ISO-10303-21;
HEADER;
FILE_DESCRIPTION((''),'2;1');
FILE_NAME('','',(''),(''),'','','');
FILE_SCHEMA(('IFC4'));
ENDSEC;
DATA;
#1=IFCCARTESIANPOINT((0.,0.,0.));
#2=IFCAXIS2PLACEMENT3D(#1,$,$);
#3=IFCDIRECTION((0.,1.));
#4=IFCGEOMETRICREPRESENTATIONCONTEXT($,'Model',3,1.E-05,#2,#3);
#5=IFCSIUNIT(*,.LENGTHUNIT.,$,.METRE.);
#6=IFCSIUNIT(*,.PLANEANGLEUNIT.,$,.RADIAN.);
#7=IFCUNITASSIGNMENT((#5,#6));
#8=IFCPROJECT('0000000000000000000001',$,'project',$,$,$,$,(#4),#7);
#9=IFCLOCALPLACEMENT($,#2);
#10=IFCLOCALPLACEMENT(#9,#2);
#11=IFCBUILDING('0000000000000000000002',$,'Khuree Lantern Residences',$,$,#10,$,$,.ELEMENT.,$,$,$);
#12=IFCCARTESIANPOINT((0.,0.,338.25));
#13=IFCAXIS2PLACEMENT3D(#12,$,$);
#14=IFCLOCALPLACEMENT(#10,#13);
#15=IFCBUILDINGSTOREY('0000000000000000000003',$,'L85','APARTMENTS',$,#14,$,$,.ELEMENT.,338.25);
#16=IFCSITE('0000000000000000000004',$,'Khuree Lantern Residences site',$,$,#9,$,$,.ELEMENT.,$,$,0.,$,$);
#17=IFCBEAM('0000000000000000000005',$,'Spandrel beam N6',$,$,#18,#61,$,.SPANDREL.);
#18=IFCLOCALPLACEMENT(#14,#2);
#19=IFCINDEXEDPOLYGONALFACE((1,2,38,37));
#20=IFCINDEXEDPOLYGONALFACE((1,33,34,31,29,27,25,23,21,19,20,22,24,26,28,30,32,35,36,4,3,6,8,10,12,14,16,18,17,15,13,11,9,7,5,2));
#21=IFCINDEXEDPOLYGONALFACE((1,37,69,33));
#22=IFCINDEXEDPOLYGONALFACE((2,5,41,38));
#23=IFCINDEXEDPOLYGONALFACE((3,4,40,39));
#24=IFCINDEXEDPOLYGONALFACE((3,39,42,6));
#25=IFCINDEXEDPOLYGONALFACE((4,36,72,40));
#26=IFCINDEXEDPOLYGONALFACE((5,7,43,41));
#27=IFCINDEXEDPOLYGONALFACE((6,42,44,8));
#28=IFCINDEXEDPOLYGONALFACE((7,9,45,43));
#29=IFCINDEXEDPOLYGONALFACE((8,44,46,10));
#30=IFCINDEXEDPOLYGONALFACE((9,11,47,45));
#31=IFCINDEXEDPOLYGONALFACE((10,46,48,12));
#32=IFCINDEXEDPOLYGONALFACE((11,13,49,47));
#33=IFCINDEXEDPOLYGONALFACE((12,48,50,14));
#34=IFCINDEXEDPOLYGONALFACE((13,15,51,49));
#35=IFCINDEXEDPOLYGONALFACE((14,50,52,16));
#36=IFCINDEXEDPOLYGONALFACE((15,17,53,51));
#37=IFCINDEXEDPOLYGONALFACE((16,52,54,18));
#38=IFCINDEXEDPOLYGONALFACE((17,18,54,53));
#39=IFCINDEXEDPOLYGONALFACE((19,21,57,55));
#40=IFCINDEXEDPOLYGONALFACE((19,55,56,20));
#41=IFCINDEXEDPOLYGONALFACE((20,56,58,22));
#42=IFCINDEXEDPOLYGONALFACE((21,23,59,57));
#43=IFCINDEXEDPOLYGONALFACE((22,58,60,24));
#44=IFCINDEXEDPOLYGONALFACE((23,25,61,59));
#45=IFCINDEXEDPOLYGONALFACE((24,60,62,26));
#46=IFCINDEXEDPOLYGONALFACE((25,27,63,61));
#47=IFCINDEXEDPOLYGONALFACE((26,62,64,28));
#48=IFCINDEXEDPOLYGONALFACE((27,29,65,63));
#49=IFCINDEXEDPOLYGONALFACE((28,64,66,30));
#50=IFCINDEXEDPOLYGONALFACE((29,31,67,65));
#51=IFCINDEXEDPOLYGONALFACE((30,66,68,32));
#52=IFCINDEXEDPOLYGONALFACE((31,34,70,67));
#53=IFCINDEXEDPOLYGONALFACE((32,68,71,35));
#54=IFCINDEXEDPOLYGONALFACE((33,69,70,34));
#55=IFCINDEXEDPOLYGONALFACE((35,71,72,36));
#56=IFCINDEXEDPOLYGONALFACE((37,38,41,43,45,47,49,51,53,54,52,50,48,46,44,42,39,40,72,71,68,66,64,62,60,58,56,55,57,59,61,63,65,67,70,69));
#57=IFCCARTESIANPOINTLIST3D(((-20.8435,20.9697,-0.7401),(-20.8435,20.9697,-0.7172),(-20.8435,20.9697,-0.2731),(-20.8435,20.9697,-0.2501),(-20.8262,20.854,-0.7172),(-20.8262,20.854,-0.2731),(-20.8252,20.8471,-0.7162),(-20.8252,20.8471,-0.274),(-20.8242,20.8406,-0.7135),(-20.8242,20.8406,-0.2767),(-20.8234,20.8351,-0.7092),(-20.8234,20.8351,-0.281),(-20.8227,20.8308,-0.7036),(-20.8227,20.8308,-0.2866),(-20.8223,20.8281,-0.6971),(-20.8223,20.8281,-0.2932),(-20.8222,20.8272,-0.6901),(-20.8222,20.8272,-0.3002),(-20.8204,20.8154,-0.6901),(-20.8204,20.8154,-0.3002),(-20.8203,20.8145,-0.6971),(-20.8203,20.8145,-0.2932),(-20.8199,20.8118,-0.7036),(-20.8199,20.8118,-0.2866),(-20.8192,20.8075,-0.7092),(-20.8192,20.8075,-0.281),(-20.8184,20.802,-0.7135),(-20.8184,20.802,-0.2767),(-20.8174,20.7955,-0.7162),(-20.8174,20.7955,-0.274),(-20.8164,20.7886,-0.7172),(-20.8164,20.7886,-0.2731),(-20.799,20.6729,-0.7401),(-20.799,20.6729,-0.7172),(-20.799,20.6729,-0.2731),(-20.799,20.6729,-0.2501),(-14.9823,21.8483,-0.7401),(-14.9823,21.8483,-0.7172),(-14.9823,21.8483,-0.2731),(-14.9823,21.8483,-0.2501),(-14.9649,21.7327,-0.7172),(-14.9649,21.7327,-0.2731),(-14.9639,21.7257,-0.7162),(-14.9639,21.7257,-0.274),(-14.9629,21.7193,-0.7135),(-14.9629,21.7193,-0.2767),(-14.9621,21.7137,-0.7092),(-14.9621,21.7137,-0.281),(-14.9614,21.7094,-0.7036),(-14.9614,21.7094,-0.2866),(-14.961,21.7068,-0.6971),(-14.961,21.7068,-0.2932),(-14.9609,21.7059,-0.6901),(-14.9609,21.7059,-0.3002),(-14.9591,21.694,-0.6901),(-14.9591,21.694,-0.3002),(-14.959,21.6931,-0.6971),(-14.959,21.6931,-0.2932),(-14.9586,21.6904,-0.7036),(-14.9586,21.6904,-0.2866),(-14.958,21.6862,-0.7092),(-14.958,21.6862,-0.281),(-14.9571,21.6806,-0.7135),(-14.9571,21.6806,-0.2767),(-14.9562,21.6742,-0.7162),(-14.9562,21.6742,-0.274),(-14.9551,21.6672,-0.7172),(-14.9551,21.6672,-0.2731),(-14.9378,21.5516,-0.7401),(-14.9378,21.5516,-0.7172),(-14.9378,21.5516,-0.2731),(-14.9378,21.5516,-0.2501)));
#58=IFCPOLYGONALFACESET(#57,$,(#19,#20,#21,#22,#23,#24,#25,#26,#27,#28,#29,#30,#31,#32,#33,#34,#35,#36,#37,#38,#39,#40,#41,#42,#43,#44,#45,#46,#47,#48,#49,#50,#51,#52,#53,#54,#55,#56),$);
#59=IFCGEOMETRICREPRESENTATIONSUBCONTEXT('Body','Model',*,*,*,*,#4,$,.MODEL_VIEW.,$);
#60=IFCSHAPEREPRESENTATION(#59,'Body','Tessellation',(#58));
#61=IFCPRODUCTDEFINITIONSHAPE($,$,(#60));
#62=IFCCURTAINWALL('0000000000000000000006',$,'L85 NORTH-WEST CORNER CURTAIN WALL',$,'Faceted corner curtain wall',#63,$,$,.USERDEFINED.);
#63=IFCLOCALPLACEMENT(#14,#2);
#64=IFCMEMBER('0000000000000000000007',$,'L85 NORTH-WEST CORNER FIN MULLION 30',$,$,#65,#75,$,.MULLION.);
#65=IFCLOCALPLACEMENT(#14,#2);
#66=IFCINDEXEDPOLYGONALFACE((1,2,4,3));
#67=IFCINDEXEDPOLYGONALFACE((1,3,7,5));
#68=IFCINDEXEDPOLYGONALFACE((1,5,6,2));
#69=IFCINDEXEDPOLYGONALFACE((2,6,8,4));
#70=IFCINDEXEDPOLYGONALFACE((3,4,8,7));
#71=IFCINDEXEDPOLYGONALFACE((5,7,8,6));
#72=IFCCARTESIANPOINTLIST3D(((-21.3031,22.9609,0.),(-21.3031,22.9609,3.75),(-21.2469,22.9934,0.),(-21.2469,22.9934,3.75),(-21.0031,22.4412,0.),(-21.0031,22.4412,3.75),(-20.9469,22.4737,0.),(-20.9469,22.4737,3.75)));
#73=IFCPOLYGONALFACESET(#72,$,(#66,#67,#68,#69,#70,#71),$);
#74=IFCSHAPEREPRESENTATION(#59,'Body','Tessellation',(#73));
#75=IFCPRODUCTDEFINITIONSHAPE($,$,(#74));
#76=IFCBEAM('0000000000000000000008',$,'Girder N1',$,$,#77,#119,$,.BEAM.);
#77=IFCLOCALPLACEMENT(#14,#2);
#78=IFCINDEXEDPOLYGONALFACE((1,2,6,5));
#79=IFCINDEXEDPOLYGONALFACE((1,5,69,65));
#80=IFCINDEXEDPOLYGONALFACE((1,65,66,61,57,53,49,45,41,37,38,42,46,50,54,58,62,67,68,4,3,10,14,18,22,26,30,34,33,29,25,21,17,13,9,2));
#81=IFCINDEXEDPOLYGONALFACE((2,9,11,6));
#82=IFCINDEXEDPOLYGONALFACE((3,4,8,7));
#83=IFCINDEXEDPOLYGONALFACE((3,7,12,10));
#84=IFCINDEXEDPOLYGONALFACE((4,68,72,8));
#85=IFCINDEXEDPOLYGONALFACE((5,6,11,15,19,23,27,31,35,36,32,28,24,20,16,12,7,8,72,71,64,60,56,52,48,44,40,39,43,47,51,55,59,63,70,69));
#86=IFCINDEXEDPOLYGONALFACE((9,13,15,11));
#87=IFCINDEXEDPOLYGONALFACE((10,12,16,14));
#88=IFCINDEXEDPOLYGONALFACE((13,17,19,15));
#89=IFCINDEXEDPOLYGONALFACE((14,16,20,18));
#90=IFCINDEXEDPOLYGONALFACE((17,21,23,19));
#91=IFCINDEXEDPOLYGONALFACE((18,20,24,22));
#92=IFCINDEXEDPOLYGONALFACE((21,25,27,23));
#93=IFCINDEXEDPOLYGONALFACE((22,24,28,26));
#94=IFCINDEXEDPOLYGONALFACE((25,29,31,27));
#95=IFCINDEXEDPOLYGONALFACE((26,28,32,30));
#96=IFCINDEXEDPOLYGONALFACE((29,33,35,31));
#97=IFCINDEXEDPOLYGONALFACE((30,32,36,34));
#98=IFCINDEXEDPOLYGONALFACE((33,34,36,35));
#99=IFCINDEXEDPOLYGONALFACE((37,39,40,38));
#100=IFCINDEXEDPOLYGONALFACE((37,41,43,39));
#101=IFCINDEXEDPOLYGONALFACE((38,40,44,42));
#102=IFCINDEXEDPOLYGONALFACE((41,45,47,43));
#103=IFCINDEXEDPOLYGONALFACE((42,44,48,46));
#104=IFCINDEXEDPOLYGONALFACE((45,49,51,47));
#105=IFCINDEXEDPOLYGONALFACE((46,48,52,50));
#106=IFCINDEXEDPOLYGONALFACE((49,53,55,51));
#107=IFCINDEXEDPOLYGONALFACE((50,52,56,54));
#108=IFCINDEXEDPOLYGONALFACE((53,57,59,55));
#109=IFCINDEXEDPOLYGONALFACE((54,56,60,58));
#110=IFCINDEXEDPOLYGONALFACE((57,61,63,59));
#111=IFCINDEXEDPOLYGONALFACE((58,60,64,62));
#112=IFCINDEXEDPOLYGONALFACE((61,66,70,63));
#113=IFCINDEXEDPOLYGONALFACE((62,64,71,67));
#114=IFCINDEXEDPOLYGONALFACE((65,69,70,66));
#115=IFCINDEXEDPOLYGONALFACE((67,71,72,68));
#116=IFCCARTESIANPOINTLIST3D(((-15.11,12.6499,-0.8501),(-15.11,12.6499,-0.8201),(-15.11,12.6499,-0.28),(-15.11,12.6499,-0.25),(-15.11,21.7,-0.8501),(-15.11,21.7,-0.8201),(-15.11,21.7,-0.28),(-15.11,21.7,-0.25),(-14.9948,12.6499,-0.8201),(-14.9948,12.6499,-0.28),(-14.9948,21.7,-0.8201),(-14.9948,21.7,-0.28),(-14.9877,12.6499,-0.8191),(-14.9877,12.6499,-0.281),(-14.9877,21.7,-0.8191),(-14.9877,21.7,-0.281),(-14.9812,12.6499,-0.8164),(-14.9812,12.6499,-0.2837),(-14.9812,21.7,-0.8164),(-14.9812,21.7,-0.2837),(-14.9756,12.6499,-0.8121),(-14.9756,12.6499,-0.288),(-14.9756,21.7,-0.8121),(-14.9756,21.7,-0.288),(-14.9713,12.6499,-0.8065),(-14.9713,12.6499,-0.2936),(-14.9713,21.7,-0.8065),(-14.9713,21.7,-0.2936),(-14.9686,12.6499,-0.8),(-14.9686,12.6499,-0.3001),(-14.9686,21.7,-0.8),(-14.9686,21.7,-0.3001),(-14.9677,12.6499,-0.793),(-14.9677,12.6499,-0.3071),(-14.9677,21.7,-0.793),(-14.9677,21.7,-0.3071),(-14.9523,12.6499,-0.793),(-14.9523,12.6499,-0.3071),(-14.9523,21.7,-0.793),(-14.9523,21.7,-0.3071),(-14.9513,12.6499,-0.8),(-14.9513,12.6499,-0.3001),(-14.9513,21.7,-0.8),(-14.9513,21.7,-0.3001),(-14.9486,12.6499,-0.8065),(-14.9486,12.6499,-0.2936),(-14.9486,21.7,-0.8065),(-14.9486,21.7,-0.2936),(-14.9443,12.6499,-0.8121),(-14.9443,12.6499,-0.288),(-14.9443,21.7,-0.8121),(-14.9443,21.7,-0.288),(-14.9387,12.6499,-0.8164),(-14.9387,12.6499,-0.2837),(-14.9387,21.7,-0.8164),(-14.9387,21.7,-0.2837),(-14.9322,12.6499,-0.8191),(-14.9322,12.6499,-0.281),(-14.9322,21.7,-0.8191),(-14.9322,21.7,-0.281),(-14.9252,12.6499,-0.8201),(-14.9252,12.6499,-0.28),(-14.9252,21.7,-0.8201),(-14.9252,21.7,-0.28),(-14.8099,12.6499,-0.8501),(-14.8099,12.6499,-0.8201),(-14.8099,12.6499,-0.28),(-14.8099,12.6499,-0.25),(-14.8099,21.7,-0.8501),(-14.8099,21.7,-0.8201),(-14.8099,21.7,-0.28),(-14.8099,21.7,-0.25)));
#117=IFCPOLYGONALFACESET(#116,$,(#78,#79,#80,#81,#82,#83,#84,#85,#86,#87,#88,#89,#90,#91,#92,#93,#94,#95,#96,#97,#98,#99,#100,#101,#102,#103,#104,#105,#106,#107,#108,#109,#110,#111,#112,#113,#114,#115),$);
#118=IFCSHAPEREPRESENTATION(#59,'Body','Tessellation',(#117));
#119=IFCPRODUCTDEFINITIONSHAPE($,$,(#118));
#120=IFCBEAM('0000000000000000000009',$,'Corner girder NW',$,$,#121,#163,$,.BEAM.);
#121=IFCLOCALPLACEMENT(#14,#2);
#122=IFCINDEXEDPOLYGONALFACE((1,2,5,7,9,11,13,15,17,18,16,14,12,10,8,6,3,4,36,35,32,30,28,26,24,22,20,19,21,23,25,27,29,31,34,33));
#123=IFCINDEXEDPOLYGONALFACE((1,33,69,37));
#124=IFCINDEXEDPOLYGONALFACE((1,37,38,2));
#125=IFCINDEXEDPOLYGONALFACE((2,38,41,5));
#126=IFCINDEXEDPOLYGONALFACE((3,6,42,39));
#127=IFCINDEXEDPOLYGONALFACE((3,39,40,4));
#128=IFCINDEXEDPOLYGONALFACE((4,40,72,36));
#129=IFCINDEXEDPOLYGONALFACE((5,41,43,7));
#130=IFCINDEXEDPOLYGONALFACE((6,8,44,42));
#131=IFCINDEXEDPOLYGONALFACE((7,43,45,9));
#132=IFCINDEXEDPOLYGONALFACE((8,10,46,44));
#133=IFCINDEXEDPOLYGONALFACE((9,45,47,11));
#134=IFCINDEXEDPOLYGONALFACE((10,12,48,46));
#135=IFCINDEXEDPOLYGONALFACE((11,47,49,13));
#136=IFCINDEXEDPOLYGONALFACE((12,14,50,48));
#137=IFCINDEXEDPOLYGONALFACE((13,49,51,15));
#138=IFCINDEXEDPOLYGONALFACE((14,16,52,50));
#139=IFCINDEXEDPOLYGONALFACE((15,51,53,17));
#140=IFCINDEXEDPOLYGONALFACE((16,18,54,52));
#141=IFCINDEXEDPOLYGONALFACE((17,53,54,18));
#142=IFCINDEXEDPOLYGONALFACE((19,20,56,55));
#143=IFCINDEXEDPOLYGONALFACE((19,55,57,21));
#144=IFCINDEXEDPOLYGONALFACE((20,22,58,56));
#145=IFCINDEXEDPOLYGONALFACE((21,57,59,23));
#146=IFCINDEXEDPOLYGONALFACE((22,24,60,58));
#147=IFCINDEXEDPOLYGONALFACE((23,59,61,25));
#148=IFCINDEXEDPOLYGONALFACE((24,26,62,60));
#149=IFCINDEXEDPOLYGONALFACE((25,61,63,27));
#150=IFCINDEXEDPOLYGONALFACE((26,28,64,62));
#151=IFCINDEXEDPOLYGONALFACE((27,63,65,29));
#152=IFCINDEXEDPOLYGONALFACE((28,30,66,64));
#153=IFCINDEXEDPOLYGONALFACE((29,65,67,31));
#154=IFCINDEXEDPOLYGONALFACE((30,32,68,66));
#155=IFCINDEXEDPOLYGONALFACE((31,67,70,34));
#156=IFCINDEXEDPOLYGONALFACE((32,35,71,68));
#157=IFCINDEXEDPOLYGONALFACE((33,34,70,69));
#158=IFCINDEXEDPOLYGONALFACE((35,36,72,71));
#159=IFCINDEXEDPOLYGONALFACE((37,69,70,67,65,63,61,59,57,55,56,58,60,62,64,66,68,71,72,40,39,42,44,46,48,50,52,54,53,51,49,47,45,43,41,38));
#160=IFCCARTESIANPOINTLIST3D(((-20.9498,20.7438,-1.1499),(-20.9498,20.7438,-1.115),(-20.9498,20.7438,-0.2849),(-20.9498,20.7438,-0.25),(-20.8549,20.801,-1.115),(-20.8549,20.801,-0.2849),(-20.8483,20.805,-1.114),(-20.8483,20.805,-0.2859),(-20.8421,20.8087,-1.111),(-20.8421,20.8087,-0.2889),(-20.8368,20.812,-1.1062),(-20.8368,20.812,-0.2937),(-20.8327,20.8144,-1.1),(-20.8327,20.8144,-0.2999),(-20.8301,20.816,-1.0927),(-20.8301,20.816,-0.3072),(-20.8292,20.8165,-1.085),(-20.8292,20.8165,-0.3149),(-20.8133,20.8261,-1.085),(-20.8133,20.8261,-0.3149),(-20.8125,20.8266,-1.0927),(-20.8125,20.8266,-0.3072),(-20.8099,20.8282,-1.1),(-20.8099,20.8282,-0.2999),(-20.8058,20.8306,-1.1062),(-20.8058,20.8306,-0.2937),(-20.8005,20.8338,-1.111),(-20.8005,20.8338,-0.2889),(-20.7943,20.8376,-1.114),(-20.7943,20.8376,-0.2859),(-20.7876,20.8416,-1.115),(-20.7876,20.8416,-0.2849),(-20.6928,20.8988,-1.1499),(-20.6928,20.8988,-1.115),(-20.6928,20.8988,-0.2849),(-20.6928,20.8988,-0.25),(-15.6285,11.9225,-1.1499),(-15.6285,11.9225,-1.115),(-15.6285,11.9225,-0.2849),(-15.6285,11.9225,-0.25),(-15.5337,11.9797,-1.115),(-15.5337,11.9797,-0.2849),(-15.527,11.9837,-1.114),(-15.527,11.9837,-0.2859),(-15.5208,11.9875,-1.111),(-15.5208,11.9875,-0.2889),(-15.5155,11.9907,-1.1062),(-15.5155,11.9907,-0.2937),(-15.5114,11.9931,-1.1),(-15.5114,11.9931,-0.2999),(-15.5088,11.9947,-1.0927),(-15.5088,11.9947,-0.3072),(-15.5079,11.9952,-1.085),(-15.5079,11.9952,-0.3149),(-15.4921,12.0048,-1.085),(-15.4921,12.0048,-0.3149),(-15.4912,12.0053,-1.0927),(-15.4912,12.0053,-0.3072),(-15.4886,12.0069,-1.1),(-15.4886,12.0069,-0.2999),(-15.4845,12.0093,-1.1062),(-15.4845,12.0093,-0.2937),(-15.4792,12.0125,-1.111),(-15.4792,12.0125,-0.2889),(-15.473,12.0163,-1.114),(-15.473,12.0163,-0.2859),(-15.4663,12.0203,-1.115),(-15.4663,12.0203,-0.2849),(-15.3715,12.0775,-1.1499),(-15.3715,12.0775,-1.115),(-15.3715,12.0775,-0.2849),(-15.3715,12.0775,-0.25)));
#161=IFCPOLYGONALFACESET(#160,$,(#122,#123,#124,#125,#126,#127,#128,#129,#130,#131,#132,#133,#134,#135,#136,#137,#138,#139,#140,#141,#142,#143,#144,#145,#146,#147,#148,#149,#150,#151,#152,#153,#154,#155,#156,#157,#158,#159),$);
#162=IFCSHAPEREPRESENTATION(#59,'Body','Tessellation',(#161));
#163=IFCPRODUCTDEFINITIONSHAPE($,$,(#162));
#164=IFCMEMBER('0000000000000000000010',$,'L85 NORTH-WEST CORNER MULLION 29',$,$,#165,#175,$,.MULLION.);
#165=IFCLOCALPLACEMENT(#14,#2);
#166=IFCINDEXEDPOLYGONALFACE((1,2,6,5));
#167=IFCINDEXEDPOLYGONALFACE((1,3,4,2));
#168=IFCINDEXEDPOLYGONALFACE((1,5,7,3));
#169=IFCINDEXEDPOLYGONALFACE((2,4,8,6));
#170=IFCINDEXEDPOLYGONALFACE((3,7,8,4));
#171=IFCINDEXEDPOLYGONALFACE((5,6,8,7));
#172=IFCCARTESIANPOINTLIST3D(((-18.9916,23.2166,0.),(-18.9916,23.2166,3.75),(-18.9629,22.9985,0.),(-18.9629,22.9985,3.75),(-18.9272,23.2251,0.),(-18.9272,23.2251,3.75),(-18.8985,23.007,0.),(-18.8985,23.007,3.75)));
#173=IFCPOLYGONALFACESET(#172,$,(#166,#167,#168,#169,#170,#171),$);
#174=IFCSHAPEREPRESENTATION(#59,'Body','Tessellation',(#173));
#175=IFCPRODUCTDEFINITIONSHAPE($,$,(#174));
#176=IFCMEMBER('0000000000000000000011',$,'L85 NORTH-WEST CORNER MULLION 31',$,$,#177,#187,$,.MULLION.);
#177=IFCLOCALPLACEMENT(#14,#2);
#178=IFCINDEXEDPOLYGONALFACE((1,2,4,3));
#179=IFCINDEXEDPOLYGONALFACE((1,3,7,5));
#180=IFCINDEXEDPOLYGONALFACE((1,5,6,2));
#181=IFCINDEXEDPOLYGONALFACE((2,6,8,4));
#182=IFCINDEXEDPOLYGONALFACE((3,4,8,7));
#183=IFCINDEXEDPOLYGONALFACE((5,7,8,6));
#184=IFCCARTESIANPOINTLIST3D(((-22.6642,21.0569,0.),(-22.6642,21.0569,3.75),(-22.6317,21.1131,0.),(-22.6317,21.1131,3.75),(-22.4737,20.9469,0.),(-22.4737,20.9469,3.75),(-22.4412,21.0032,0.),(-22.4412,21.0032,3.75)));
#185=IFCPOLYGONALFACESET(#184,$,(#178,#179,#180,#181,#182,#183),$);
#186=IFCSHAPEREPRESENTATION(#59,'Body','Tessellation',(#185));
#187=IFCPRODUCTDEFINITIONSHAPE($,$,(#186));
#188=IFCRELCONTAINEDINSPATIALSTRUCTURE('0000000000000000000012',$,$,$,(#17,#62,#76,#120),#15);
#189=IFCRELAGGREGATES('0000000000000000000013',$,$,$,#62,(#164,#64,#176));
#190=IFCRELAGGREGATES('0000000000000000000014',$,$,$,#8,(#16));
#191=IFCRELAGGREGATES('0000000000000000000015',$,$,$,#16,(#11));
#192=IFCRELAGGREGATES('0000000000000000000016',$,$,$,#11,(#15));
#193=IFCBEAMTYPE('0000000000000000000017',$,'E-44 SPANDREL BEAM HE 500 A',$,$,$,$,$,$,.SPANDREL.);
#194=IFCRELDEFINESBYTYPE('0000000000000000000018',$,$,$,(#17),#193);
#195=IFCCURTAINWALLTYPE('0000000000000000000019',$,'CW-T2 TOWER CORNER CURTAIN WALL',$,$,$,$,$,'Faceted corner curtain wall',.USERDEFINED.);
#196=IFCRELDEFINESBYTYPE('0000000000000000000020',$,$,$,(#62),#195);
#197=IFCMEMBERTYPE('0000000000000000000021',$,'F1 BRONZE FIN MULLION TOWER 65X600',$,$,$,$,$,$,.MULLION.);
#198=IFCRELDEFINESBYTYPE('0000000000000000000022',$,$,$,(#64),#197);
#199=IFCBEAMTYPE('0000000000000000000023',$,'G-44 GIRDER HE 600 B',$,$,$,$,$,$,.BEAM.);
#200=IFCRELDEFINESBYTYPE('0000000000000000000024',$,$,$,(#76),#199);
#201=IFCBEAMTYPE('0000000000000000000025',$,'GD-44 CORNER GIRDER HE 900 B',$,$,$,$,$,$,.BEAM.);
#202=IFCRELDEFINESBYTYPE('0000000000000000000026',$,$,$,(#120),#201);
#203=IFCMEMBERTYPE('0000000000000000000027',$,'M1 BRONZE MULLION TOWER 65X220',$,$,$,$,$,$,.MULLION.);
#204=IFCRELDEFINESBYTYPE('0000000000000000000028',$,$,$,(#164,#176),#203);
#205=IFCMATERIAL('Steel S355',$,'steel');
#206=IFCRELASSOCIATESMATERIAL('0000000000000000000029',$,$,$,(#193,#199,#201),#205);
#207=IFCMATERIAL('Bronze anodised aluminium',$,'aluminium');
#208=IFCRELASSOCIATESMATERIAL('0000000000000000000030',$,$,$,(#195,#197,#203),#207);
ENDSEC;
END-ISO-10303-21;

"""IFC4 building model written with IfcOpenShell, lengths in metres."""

from ifc_helpers import new_model, si_unit, direction, frame, origin, origin_2d, place, context, subcontext, project, spatial, rectangle, i_section, extrude, material, material_profile, profile_set, type_object, element, aggregate, save


model = new_model("IFC4")

# Units and contexts
model_context = context("Model", 3, precision=1e-05, world=origin(), true_north=direction((0.0, 1.0)))
body_context = subcontext(model_context, "Body", "Model", "MODEL_VIEW")
ifc_project = project(units=[si_unit("LENGTHUNIT", "METRE"), si_unit("PLANEANGLEUNIT", "RADIAN")], contexts=[model_context])

# Site, building, storey
site_placement = place(None, origin())
site = spatial("IfcSite", under=ifc_project, at=site_placement, Name="Khuree Lantern Residences site", CompositionType="ELEMENT", RefElevation=0.0)
building_placement = place(site_placement, origin())
building = spatial("IfcBuilding", under=site, at=building_placement, Name="Khuree Lantern Residences", CompositionType="ELEMENT")
storey_placement = place(building_placement, frame((0.0, 0.0, 338.25)))
storey = spatial("IfcBuildingStorey", under=building, at=storey_placement, Name="L85", Description="APARTMENTS", CompositionType="ELEMENT", Elevation=338.25)

# Beam
ifc_material_1 = material(Name="Steel S355", Category="steel")
ifc_material_profile_1 = material_profile(ifc_material_1, i_section(OverallWidth=0.3, OverallDepth=0.49, WebThickness=0.012, FlangeThickness=0.0229, FilletRadius=0.0271, at=origin_2d()), Name="HE 500 A")
ifc_profile_set_1 = profile_set([ifc_material_profile_1], Name="Steel S355")
beam_type_1 = type_object("IfcBeamType", Name="E-44 SPANDREL BEAM HE 500 A", PredefinedType="SPANDREL", material=ifc_profile_set_1)
beam_1_placement = place(storey_placement, frame((-20.8213, 20.8213, -0.4951), z_axis=(0.98895, 0.148252, 0.0), x_axis=(-0.148252, 0.98895, 0.0)))
element("IfcBeam", 1, at=beam_1_placement, inside=storey, type_object=beam_type_1, Name="Spandrel beam N6", PredefinedType="SPANDREL", context=body_context, shape_type="SweptSolid", body=[
    extrude(i_section(OverallWidth=0.3, OverallDepth=0.49, WebThickness=0.012, FlangeThickness=0.0229, FilletRadius=0.0271, at=origin_2d()), origin(), (0.0, 0.0, 1.0), 5.9268),
])

# Curtain wall, member
ifc_material_2 = material(Name="Bronze anodised aluminium", Category="aluminium")
curtain_wall_type_1 = type_object("IfcCurtainWallType", Name="CW-T2 TOWER CORNER CURTAIN WALL", ElementType="Faceted corner curtain wall", PredefinedType="USERDEFINED", material=ifc_material_2)
curtain_wall_1_placement = place(storey_placement, origin())
curtain_wall_1 = element("IfcCurtainWall", 2, at=curtain_wall_1_placement, inside=storey, type_object=curtain_wall_type_1, Name="L85 NORTH-WEST CORNER CURTAIN WALL", ObjectType="Faceted corner curtain wall", PredefinedType="USERDEFINED")
ifc_material_profile_2 = material_profile(ifc_material_2, rectangle(XDim=0.0649, YDim=0.6001, at=origin_2d()), Name="F1 65X600")
ifc_profile_set_2 = profile_set([ifc_material_profile_2], Name="Bronze anodised aluminium")
member_type_1 = type_object("IfcMemberType", Name="F1 BRONZE FIN MULLION TOWER 65X600", PredefinedType="MULLION", material=ifc_profile_set_2)
member_1_placement = place(storey_placement, frame((-21.125, 22.7173, 0.0), z_axis=(0.0, 0.0, 1.0), x_axis=(-0.866025, -0.5, 0.0)))
member_1 = element("IfcMember", 3, at=member_1_placement, type_object=member_type_1, Name="L85 NORTH-WEST CORNER FIN MULLION 30", PredefinedType="MULLION", context=body_context, shape_type="SweptSolid", body=[
    extrude(rectangle(XDim=0.0649, YDim=0.6001, at=origin_2d()), origin(), (0.0, 0.0, 1.0), 3.75),
])

# Beams
ifc_material_profile_3 = material_profile(ifc_material_1, i_section(OverallWidth=0.3, OverallDepth=0.6001, WebThickness=0.0154, FlangeThickness=0.03, FilletRadius=0.0271, at=origin_2d()), Name="HE 600 B")
ifc_profile_set_3 = profile_set([ifc_material_profile_3], Name="Steel S355")
beam_type_2 = type_object("IfcBeamType", Name="G-44 GIRDER HE 600 B", PredefinedType="BEAM", material=ifc_profile_set_3)
beam_2_placement = place(storey_placement, frame((-14.96, 21.7, -0.55), z_axis=(0.0, -1.0, 0.0), x_axis=(1.0, 0.0, 0.0)))
element("IfcBeam", 4, at=beam_2_placement, inside=storey, type_object=beam_type_2, Name="Girder N1", PredefinedType="BEAM", context=body_context, shape_type="SweptSolid", body=[
    extrude(i_section(OverallWidth=0.3, OverallDepth=0.6001, WebThickness=0.0154, FlangeThickness=0.03, FilletRadius=0.0271, at=origin_2d()), origin(), (0.0, 0.0, 1.0), 9.05),
])
ifc_material_profile_4 = material_profile(ifc_material_1, i_section(OverallWidth=0.3, OverallDepth=0.8999, WebThickness=0.0186, FlangeThickness=0.0349, FilletRadius=0.03, at=origin_2d()), Name="HE 900 B")
ifc_profile_set_4 = profile_set([ifc_material_profile_4], Name="Steel S355")
beam_type_3 = type_object("IfcBeamType", Name="GD-44 CORNER GIRDER HE 900 B", PredefinedType="BEAM", material=ifc_profile_set_4)
beam_3_placement = place(storey_placement, frame((-20.8213, 20.8213, -0.7), z_axis=(0.51653, -0.856269, 0.0), x_axis=(0.856269, 0.51653, 0.0)))
element("IfcBeam", 5, at=beam_3_placement, inside=storey, type_object=beam_type_3, Name="Corner girder NW", PredefinedType="BEAM", context=body_context, shape_type="SweptSolid", body=[
    extrude(i_section(OverallWidth=0.3, OverallDepth=0.8999, WebThickness=0.0186, FlangeThickness=0.0349, FilletRadius=0.03, at=origin_2d()), origin(), (0.0, 0.0, 1.0), 10.302),
])

# Members
ifc_material_profile_5 = material_profile(ifc_material_2, rectangle(XDim=0.0649, YDim=0.22, at=origin_2d()), Name="M1 65X220")
ifc_profile_set_5 = profile_set([ifc_material_profile_5], Name="Bronze anodised aluminium")
member_type_2 = type_object("IfcMemberType", Name="M1 BRONZE MULLION TOWER 65X220", PredefinedType="MULLION", material=ifc_profile_set_5)
member_2_placement = place(storey_placement, frame((-18.9451, 23.1118, 0.0), z_axis=(0.0, 0.0, 1.0), x_axis=(-0.991445, -0.130526, 0.0)))
member_2 = element("IfcMember", 6, at=member_2_placement, type_object=member_type_2, Name="L85 NORTH-WEST CORNER MULLION 29", PredefinedType="MULLION", context=body_context, shape_type="SweptSolid", body=[
    extrude(rectangle(XDim=0.0649, YDim=0.22, at=origin_2d()), origin(), (0.0, 0.0, 1.0), 3.75),
])
member_3_placement = place(storey_placement, frame((-22.5527, 21.03, 0.0), z_axis=(0.0, 0.0, 1.0), x_axis=(-0.5, -0.866025, 0.0)))
member_3 = element("IfcMember", 7, at=member_3_placement, type_object=member_type_2, Name="L85 NORTH-WEST CORNER MULLION 31", PredefinedType="MULLION", context=body_context, shape_type="SweptSolid", body=[
    extrude(rectangle(XDim=0.0649, YDim=0.22, at=origin_2d()), origin(), (0.0, 0.0, 1.0), 3.75),
])

aggregate(curtain_wall_1, [member_2, member_1, member_3])

save(model, "model.ifc")
